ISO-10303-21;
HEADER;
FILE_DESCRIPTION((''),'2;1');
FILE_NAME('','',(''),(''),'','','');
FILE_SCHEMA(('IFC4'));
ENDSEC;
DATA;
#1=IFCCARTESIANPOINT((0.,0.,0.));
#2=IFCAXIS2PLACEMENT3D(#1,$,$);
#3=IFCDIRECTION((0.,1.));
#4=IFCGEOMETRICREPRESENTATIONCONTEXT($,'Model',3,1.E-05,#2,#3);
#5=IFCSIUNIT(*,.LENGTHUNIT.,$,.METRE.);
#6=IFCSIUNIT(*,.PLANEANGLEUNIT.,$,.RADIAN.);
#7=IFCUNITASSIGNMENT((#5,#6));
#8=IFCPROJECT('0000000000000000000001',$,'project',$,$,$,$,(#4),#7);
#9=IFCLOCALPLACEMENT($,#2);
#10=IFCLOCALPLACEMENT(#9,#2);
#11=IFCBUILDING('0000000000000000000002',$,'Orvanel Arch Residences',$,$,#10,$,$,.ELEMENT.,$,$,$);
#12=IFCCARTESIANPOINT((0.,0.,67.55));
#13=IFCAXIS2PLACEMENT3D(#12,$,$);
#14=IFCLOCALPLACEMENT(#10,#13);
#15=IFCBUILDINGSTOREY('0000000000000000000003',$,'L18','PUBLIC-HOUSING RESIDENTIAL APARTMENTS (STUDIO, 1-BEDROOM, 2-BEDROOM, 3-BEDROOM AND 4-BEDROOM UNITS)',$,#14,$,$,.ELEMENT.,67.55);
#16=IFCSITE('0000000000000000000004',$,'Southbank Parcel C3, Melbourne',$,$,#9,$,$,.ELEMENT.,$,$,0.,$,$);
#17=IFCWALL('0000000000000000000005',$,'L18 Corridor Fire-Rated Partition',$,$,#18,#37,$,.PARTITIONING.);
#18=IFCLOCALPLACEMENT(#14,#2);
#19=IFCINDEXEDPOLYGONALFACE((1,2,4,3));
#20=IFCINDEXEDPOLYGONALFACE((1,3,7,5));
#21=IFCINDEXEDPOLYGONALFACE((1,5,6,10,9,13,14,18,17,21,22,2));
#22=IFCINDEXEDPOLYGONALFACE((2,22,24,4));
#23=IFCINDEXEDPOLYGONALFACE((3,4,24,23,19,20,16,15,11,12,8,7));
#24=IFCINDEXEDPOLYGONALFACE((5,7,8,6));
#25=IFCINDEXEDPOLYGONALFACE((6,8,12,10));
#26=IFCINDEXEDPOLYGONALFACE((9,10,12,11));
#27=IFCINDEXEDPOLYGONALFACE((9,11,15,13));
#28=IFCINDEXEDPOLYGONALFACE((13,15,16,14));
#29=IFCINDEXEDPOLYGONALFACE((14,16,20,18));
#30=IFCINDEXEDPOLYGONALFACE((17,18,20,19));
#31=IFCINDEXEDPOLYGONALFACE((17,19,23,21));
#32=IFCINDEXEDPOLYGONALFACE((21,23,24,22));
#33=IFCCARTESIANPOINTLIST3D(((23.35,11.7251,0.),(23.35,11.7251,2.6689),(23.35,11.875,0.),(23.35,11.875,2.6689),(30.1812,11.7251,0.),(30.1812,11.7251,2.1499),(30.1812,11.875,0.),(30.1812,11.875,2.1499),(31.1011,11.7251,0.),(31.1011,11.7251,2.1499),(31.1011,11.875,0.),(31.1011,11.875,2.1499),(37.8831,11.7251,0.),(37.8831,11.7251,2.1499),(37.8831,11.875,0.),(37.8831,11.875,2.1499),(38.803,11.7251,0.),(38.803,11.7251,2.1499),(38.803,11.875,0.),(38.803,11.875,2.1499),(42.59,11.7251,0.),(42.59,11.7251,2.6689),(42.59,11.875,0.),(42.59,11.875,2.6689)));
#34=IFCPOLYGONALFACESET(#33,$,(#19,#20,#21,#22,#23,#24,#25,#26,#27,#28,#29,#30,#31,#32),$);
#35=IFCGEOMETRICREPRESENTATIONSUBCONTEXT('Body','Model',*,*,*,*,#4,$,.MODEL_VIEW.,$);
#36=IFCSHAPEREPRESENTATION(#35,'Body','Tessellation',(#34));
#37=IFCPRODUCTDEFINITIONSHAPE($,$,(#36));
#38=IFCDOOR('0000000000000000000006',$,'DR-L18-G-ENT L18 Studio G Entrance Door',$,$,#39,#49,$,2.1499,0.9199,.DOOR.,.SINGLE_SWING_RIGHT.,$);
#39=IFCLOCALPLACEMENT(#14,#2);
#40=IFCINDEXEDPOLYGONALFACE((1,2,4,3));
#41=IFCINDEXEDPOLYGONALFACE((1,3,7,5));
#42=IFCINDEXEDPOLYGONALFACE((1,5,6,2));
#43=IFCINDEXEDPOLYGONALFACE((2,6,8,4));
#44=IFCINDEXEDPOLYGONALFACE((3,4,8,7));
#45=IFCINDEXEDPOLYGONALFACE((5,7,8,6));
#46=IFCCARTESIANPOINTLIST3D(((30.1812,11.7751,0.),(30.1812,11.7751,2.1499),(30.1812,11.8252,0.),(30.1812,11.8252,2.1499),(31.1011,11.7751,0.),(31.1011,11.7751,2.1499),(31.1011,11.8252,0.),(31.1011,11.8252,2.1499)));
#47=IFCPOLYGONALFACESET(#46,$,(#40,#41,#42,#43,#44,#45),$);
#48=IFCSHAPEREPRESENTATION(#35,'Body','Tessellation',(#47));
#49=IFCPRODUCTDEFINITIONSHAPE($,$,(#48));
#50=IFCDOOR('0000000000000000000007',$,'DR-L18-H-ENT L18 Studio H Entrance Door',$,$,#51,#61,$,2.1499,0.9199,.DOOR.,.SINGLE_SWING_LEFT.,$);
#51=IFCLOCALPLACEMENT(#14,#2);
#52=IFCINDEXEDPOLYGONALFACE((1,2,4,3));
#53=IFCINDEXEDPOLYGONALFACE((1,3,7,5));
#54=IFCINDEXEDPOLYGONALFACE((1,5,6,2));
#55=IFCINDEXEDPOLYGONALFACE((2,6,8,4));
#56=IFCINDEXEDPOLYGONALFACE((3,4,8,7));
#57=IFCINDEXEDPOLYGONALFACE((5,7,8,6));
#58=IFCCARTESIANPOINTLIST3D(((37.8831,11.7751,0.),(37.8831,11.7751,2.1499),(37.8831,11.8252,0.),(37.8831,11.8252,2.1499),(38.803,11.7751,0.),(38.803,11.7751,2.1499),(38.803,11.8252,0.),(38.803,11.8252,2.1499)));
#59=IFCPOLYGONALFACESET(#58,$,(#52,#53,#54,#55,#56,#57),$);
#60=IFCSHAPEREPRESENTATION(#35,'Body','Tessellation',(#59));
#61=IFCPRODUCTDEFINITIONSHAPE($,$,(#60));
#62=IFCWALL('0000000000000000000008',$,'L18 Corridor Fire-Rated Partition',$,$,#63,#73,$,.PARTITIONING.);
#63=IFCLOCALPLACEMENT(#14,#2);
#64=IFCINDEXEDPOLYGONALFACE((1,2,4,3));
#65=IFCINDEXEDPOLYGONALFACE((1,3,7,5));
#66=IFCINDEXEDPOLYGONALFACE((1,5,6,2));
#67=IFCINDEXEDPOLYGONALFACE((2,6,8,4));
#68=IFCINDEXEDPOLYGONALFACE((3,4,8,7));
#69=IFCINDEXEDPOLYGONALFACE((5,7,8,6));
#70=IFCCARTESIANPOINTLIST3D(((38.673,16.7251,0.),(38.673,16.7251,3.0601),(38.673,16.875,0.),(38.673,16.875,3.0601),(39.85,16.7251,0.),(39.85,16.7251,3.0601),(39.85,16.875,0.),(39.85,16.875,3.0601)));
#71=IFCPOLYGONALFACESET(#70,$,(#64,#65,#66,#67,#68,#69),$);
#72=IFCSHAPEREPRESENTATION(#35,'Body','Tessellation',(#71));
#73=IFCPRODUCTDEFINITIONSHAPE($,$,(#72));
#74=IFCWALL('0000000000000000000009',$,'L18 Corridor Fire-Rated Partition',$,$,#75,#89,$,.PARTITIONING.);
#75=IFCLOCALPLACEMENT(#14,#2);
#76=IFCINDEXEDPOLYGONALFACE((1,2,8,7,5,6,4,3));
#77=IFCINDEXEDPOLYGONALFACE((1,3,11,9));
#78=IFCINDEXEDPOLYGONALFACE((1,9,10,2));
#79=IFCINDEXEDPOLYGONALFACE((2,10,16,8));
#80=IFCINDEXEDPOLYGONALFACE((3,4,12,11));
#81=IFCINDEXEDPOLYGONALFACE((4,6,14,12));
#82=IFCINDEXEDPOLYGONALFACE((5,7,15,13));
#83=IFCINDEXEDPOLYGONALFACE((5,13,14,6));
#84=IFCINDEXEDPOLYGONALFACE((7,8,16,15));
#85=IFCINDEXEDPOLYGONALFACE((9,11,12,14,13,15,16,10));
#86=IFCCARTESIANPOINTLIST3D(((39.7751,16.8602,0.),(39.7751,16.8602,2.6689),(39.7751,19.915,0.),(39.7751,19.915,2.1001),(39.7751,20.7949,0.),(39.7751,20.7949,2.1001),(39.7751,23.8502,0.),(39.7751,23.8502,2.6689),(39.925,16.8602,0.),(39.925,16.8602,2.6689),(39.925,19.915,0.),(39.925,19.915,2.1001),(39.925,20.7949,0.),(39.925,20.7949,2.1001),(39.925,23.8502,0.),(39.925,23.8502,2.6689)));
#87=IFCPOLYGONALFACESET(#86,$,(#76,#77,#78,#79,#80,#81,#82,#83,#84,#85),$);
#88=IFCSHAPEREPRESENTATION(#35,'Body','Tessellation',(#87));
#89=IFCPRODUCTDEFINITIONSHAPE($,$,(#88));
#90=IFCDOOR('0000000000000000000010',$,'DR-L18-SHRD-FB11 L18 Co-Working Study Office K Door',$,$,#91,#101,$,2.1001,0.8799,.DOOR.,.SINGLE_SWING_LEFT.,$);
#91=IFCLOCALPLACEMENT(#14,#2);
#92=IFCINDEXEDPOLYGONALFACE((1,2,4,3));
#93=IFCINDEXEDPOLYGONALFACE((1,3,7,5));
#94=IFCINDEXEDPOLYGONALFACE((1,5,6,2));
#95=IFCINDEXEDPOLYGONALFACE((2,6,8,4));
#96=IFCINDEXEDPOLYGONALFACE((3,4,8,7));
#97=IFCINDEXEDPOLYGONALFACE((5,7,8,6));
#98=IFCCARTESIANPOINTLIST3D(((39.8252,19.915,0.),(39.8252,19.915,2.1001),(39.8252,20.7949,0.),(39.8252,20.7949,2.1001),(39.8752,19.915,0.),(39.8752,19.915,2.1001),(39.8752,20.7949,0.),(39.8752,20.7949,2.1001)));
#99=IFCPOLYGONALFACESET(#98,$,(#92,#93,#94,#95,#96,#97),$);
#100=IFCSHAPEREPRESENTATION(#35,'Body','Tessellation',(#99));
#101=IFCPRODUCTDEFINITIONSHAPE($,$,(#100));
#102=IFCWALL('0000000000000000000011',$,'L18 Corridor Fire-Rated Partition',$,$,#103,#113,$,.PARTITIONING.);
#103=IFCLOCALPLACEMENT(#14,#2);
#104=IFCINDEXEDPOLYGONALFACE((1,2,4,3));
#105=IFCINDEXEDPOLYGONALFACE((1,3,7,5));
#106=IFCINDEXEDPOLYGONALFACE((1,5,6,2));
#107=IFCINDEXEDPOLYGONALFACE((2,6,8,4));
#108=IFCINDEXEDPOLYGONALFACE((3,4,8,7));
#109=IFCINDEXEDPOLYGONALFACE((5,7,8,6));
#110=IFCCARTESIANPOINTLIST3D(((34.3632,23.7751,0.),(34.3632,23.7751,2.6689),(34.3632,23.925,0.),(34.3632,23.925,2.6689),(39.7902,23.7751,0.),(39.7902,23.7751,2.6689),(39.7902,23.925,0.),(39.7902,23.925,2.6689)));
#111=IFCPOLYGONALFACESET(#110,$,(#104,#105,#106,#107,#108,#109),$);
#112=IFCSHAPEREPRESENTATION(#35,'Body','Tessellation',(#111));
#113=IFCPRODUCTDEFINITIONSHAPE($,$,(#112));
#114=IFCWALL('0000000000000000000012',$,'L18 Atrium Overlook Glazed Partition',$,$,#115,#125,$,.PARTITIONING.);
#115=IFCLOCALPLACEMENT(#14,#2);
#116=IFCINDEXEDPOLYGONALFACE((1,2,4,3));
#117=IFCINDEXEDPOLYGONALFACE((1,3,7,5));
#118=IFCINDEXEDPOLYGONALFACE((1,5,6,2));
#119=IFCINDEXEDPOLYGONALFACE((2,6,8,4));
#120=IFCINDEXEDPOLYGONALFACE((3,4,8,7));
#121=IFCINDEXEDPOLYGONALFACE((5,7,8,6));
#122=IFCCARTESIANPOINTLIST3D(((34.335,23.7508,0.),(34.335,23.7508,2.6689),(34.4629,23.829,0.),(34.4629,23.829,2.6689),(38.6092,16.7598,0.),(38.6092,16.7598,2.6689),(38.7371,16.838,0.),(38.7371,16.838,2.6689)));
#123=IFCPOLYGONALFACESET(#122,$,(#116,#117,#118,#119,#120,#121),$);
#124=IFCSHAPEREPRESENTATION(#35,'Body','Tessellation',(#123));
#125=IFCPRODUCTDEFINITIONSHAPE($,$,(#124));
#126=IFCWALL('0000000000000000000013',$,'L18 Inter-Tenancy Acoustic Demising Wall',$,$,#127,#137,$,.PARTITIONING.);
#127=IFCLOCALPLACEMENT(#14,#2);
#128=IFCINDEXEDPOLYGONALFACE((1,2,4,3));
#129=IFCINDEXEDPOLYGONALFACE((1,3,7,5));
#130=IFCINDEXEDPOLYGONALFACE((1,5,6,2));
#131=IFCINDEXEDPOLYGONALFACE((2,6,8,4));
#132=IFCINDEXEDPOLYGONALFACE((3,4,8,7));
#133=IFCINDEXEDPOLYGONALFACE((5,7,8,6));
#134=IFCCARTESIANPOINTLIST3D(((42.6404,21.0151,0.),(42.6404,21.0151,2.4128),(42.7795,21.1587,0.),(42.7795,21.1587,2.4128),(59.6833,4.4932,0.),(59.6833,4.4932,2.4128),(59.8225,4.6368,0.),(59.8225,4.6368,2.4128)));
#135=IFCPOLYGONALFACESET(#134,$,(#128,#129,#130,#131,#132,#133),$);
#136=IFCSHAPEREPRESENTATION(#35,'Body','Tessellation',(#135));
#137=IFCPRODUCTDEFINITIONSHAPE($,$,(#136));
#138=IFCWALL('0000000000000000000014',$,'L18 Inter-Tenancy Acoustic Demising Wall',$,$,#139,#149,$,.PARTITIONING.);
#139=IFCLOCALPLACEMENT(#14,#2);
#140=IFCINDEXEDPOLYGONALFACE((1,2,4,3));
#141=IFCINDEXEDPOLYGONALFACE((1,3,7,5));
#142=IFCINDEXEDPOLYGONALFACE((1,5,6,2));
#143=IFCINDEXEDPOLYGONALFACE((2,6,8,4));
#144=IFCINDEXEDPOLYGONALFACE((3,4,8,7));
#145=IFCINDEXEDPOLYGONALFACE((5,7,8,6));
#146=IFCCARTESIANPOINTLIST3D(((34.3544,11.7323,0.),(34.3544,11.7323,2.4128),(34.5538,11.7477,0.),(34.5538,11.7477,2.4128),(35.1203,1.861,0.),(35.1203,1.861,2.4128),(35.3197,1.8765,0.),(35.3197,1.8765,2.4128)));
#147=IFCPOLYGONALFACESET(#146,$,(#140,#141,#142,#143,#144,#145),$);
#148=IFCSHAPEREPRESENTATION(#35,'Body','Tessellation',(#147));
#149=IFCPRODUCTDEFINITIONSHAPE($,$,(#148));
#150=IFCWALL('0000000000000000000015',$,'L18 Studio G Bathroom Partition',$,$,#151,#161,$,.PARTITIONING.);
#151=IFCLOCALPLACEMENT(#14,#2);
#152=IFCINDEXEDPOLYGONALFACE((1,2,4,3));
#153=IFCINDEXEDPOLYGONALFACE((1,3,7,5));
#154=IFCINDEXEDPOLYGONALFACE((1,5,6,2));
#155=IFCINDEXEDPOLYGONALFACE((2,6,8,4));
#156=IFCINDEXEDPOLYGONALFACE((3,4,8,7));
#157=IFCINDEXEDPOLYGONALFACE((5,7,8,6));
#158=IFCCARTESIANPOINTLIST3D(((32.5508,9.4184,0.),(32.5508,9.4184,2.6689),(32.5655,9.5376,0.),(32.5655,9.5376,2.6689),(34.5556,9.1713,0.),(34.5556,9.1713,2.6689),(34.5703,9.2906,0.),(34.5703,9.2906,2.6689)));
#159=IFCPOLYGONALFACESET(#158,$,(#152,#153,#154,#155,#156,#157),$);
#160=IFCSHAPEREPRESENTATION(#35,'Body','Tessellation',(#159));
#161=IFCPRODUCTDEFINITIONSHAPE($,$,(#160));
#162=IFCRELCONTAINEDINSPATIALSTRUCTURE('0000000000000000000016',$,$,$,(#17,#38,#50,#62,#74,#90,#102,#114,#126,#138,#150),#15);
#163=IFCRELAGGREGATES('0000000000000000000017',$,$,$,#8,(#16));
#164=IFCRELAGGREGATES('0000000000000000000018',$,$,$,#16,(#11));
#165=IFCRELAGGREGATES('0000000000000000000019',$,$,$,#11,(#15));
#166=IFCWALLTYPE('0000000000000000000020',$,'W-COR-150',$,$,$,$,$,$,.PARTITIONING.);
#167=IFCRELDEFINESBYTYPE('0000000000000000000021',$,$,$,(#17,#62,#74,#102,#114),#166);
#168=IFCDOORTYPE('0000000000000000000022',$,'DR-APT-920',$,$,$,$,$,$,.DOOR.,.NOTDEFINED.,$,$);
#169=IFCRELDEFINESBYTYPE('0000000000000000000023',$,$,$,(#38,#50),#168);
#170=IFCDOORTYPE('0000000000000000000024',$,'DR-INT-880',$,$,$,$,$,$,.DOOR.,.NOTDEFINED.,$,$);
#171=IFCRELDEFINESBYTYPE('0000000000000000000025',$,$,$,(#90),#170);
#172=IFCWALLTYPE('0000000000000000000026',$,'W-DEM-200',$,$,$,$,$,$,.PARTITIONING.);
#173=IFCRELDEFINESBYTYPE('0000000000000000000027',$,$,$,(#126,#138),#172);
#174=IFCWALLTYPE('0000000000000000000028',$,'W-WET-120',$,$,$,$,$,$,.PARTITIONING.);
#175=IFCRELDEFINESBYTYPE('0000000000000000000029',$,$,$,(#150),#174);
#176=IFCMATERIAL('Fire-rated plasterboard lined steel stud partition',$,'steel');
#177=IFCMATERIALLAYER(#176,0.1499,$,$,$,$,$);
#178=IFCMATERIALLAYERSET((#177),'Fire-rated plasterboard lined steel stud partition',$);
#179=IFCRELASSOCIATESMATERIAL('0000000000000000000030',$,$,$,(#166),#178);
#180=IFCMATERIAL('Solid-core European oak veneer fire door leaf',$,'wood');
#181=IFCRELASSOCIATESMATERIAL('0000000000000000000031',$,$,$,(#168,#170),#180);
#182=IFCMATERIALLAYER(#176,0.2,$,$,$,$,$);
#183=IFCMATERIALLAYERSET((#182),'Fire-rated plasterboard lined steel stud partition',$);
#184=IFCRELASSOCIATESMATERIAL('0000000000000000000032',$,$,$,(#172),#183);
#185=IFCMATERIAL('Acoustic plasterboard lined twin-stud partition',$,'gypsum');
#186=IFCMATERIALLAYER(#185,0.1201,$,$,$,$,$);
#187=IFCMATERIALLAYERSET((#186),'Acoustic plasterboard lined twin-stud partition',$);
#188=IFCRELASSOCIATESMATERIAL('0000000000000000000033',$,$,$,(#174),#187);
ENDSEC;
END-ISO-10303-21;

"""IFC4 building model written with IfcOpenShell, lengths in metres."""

from ifc_helpers import new_model, si_unit, direction, frame, frame_2d, origin, place, context, subcontext, project, spatial, rectangle, extrude, material, layer, layer_set, type_object, element, fill, save


model = new_model("IFC4")

# Units and contexts
model_context = context("Model", 3, precision=1e-05, world=origin(), true_north=direction((0.0, 1.0)))
body_context = subcontext(model_context, "Body", "Model", "MODEL_VIEW")
ifc_project = project(units=[si_unit("LENGTHUNIT", "METRE"), si_unit("PLANEANGLEUNIT", "RADIAN")], contexts=[model_context])

# Site, building, storey
site_placement = place(None, origin())
site = spatial("IfcSite", under=ifc_project, at=site_placement, Name="Southbank Parcel C3, Melbourne", CompositionType="ELEMENT", RefElevation=0.0)
building_placement = place(site_placement, origin())
building = spatial("IfcBuilding", under=site, at=building_placement, Name="Orvanel Arch Residences", CompositionType="ELEMENT")
storey_placement = place(building_placement, frame((0.0, 0.0, 67.55)))
storey = spatial("IfcBuildingStorey", under=building, at=storey_placement, Name="L18", Description="PUBLIC-HOUSING RESIDENTIAL APARTMENTS (STUDIO, 1-BEDROOM, 2-BEDROOM, 3-BEDROOM AND 4-BEDROOM UNITS)", CompositionType="ELEMENT", Elevation=67.55)

# Wall, openings, doors
ifc_material_1 = material(Name="Fire-rated plasterboard lined steel stud partition", Category="steel")
ifc_layer_1 = layer(ifc_material_1, 0.1499)
ifc_layer_set_1 = layer_set([ifc_layer_1], Name="Fire-rated plasterboard lined steel stud partition")
wall_type_1 = type_object("IfcWallType", Name="W-COR-150", PredefinedType="PARTITIONING", material=ifc_layer_set_1)
wall_1_placement = place(storey_placement, frame((42.5901, 11.8, 0.0), z_axis=(0.0, 0.0, 1.0), x_axis=(-1.0, 0.0, 0.0)))
wall_1 = element("IfcWall", 1, at=wall_1_placement, inside=storey, type_object=wall_type_1, Name="L18 Corridor Fire-Rated Partition", PredefinedType="PARTITIONING", context=body_context, shape_type="SweptSolid", body=[
    extrude(rectangle(XDim=19.24, YDim=0.1499, at=frame_2d((9.6201, 0.0))), origin(), (0.0, 0.0, 1.0), 2.6689),
])
opening_1_placement = place(wall_1_placement, frame((11.489, 0.0, 0.0)))
opening_1 = element("IfcOpeningElement", 2, at=opening_1_placement, cuts=wall_1, PredefinedType="OPENING", context=body_context, shape_type="SweptSolid", body=[
    extrude(rectangle(XDim=0.9199, YDim=2.1499, at=frame_2d((0.46, 1.075))), frame((0.0, 0.085, 0.0), z_axis=(0.0, -1.0, 0.0), x_axis=(1.0, 0.0, 0.0)), (0.0, 0.0, 1.0), 0.1699),
])
opening_2_placement = place(wall_1_placement, frame((3.7871, 0.0, 0.0)))
opening_2 = element("IfcOpeningElement", 3, at=opening_2_placement, cuts=wall_1, PredefinedType="OPENING", context=body_context, shape_type="SweptSolid", body=[
    extrude(rectangle(XDim=0.9199, YDim=2.1499, at=frame_2d((0.46, 1.075))), frame((0.0, 0.085, 0.0), z_axis=(0.0, -1.0, 0.0), x_axis=(1.0, 0.0, 0.0)), (0.0, 0.0, 1.0), 0.1699),
])
ifc_material_2 = material(Name="Solid-core European oak veneer fire door leaf", Category="wood")
door_type_1 = type_object("IfcDoorType", Name="DR-APT-920", OperationType="NOTDEFINED", PredefinedType="DOOR", material=ifc_material_2)
door_1_placement = place(opening_1_placement, origin())
door_1 = element("IfcDoor", 4, at=door_1_placement, inside=storey, type_object=door_type_1, Name="DR-L18-G-ENT L18 Studio G Entrance Door", OperationType="SINGLE_SWING_RIGHT", OverallHeight=2.1499, OverallWidth=0.9199, PredefinedType="DOOR", context=body_context, shape_type="SweptSolid", body=[
    extrude(rectangle(XDim=0.9199, YDim=2.1499, at=frame_2d((0.46, 1.075))), frame((0.0, 0.0249, 0.0), z_axis=(0.0, -1.0, 0.0), x_axis=(1.0, 0.0, 0.0)), (0.0, 0.0, 1.0), 0.05),
])
fill(opening_1, door_1)
door_2_placement = place(opening_2_placement, origin())
door_2 = element("IfcDoor", 5, at=door_2_placement, inside=storey, type_object=door_type_1, Name="DR-L18-H-ENT L18 Studio H Entrance Door", OperationType="SINGLE_SWING_LEFT", OverallHeight=2.1499, OverallWidth=0.9199, PredefinedType="DOOR", context=body_context, shape_type="SweptSolid", body=[
    extrude(rectangle(XDim=0.9199, YDim=2.1499, at=frame_2d((0.46, 1.075))), frame((0.0, 0.0249, 0.0), z_axis=(0.0, -1.0, 0.0), x_axis=(1.0, 0.0, 0.0)), (0.0, 0.0, 1.0), 0.05),
])
fill(opening_2, door_2)

# Wall
wall_2_placement = place(storey_placement, frame((38.6731, 16.8, 0.0), z_axis=(0.0, 0.0, 1.0), x_axis=(1.0, 0.0, 0.0)))
element("IfcWall", 6, at=wall_2_placement, inside=storey, type_object=wall_type_1, Name="L18 Corridor Fire-Rated Partition", PredefinedType="PARTITIONING", context=body_context, shape_type="SweptSolid", body=[
    extrude(rectangle(XDim=1.177, YDim=0.1499, at=frame_2d((0.5884, 0.0))), origin(), (0.0, 0.0, 1.0), 3.0601),
])

# Wall, opening, door
wall_3_placement = place(storey_placement, frame((39.8501, 16.8601, 0.0), z_axis=(0.0, 0.0, 1.0), x_axis=(0.0, 1.0, 0.0)))
wall_3 = element("IfcWall", 7, at=wall_3_placement, inside=storey, type_object=wall_type_1, Name="L18 Corridor Fire-Rated Partition", PredefinedType="PARTITIONING", context=body_context, shape_type="SweptSolid", body=[
    extrude(rectangle(XDim=6.99, YDim=0.1499, at=frame_2d((3.4951, 0.0))), origin(), (0.0, 0.0, 1.0), 2.6689),
])
opening_3_placement = place(wall_3_placement, frame((3.0549, 0.0, 0.0)))
opening_3 = element("IfcOpeningElement", 8, at=opening_3_placement, cuts=wall_3, PredefinedType="OPENING", context=body_context, shape_type="SweptSolid", body=[
    extrude(rectangle(XDim=0.8799, YDim=2.1001, at=frame_2d((0.4399, 1.05))), frame((0.0, 0.085, 0.0), z_axis=(0.0, -1.0, 0.0), x_axis=(1.0, 0.0, 0.0)), (0.0, 0.0, 1.0), 0.1699),
])
door_type_2 = type_object("IfcDoorType", Name="DR-INT-880", OperationType="NOTDEFINED", PredefinedType="DOOR", material=ifc_material_2)
door_3_placement = place(opening_3_placement, origin())
door_3 = element("IfcDoor", 9, at=door_3_placement, inside=storey, type_object=door_type_2, Name="DR-L18-SHRD-FB11 L18 Co-Working Study Office K Door", OperationType="SINGLE_SWING_LEFT", OverallHeight=2.1001, OverallWidth=0.8799, PredefinedType="DOOR", context=body_context, shape_type="SweptSolid", body=[
    extrude(rectangle(XDim=0.8799, YDim=2.1001, at=frame_2d((0.4399, 1.05))), frame((0.0, 0.0249, 0.0), z_axis=(0.0, -1.0, 0.0), x_axis=(1.0, 0.0, 0.0)), (0.0, 0.0, 1.0), 0.05),
])
fill(opening_3, door_3)

# Walls
wall_4_placement = place(storey_placement, frame((39.79, 23.8501, 0.0), z_axis=(0.0, 0.0, 1.0), x_axis=(-1.0, 0.0, 0.0)))
element("IfcWall", 10, at=wall_4_placement, inside=storey, type_object=wall_type_1, Name="L18 Corridor Fire-Rated Partition", PredefinedType="PARTITIONING", context=body_context, shape_type="SweptSolid", body=[
    extrude(rectangle(XDim=5.427, YDim=0.1499, at=frame_2d((2.7134, 0.0))), origin(), (0.0, 0.0, 1.0), 2.6689),
])
wall_5_placement = place(storey_placement, frame((34.3989, 23.79, 0.0), z_axis=(0.0, 0.0, 1.0), x_axis=(0.52162, -0.853178, 0.0)))
element("IfcWall", 11, at=wall_5_placement, inside=storey, type_object=wall_type_1, Name="L18 Atrium Overlook Glazed Partition", PredefinedType="PARTITIONING", context=body_context, shape_type="SweptSolid", body=[
    extrude(rectangle(XDim=8.1941, YDim=0.1499, at=frame_2d((4.0972, 0.0))), origin(), (0.0, 0.0, 1.0), 2.6689),
])
ifc_layer_2 = layer(ifc_material_1, 0.2)
ifc_layer_set_2 = layer_set([ifc_layer_2], Name="Fire-rated plasterboard lined steel stud partition")
wall_type_2 = type_object("IfcWallType", Name="W-DEM-200", PredefinedType="PARTITIONING", material=ifc_layer_set_2)
wall_6_placement = place(storey_placement, frame((42.71, 21.0869, 0.0), z_axis=(0.0, 0.0, 1.0), x_axis=(0.717996, -0.696047, 0.0)))
element("IfcWall", 12, at=wall_6_placement, inside=storey, type_object=wall_type_2, Name="L18 Inter-Tenancy Acoustic Demising Wall", PredefinedType="PARTITIONING", context=body_context, shape_type="SweptSolid", body=[
    extrude(rectangle(XDim=23.7368, YDim=0.2, at=frame_2d((11.8684, 0.0))), origin(), (0.0, 0.0, 1.0), 2.4128),
])
wall_7_placement = place(storey_placement, frame((34.4541, 11.74, 0.0), z_axis=(0.0, 0.0, 1.0), x_axis=(0.077355, -0.997004, 0.0)))
element("IfcWall", 13, at=wall_7_placement, inside=storey, type_object=wall_type_2, Name="L18 Inter-Tenancy Acoustic Demising Wall", PredefinedType="PARTITIONING", context=body_context, shape_type="SweptSolid", body=[
    extrude(rectangle(XDim=9.9009, YDim=0.2, at=frame_2d((4.9504, 0.0))), origin(), (0.0, 0.0, 1.0), 2.4128),
])
ifc_material_3 = material(Name="Acoustic plasterboard lined twin-stud partition", Category="gypsum")
ifc_layer_3 = layer(ifc_material_3, 0.1201)
ifc_layer_set_3 = layer_set([ifc_layer_3], Name="Acoustic plasterboard lined twin-stud partition")
wall_type_3 = type_object("IfcWallType", Name="W-WET-120", PredefinedType="PARTITIONING", material=ifc_layer_set_3)
wall_8_placement = place(storey_placement, frame((34.563, 9.231, 0.0), z_axis=(0.0, 0.0, 1.0), x_axis=(-0.992492, 0.122309, 0.0)))
element("IfcWall", 14, at=wall_8_placement, inside=storey, type_object=wall_type_3, Name="L18 Studio G Bathroom Partition", PredefinedType="PARTITIONING", context=body_context, shape_type="SweptSolid", body=[
    extrude(rectangle(XDim=2.02, YDim=0.1201, at=frame_2d((1.01, 0.0))), origin(), (0.0, 0.0, 1.0), 2.6689),
])

save(model, "model.ifc")
